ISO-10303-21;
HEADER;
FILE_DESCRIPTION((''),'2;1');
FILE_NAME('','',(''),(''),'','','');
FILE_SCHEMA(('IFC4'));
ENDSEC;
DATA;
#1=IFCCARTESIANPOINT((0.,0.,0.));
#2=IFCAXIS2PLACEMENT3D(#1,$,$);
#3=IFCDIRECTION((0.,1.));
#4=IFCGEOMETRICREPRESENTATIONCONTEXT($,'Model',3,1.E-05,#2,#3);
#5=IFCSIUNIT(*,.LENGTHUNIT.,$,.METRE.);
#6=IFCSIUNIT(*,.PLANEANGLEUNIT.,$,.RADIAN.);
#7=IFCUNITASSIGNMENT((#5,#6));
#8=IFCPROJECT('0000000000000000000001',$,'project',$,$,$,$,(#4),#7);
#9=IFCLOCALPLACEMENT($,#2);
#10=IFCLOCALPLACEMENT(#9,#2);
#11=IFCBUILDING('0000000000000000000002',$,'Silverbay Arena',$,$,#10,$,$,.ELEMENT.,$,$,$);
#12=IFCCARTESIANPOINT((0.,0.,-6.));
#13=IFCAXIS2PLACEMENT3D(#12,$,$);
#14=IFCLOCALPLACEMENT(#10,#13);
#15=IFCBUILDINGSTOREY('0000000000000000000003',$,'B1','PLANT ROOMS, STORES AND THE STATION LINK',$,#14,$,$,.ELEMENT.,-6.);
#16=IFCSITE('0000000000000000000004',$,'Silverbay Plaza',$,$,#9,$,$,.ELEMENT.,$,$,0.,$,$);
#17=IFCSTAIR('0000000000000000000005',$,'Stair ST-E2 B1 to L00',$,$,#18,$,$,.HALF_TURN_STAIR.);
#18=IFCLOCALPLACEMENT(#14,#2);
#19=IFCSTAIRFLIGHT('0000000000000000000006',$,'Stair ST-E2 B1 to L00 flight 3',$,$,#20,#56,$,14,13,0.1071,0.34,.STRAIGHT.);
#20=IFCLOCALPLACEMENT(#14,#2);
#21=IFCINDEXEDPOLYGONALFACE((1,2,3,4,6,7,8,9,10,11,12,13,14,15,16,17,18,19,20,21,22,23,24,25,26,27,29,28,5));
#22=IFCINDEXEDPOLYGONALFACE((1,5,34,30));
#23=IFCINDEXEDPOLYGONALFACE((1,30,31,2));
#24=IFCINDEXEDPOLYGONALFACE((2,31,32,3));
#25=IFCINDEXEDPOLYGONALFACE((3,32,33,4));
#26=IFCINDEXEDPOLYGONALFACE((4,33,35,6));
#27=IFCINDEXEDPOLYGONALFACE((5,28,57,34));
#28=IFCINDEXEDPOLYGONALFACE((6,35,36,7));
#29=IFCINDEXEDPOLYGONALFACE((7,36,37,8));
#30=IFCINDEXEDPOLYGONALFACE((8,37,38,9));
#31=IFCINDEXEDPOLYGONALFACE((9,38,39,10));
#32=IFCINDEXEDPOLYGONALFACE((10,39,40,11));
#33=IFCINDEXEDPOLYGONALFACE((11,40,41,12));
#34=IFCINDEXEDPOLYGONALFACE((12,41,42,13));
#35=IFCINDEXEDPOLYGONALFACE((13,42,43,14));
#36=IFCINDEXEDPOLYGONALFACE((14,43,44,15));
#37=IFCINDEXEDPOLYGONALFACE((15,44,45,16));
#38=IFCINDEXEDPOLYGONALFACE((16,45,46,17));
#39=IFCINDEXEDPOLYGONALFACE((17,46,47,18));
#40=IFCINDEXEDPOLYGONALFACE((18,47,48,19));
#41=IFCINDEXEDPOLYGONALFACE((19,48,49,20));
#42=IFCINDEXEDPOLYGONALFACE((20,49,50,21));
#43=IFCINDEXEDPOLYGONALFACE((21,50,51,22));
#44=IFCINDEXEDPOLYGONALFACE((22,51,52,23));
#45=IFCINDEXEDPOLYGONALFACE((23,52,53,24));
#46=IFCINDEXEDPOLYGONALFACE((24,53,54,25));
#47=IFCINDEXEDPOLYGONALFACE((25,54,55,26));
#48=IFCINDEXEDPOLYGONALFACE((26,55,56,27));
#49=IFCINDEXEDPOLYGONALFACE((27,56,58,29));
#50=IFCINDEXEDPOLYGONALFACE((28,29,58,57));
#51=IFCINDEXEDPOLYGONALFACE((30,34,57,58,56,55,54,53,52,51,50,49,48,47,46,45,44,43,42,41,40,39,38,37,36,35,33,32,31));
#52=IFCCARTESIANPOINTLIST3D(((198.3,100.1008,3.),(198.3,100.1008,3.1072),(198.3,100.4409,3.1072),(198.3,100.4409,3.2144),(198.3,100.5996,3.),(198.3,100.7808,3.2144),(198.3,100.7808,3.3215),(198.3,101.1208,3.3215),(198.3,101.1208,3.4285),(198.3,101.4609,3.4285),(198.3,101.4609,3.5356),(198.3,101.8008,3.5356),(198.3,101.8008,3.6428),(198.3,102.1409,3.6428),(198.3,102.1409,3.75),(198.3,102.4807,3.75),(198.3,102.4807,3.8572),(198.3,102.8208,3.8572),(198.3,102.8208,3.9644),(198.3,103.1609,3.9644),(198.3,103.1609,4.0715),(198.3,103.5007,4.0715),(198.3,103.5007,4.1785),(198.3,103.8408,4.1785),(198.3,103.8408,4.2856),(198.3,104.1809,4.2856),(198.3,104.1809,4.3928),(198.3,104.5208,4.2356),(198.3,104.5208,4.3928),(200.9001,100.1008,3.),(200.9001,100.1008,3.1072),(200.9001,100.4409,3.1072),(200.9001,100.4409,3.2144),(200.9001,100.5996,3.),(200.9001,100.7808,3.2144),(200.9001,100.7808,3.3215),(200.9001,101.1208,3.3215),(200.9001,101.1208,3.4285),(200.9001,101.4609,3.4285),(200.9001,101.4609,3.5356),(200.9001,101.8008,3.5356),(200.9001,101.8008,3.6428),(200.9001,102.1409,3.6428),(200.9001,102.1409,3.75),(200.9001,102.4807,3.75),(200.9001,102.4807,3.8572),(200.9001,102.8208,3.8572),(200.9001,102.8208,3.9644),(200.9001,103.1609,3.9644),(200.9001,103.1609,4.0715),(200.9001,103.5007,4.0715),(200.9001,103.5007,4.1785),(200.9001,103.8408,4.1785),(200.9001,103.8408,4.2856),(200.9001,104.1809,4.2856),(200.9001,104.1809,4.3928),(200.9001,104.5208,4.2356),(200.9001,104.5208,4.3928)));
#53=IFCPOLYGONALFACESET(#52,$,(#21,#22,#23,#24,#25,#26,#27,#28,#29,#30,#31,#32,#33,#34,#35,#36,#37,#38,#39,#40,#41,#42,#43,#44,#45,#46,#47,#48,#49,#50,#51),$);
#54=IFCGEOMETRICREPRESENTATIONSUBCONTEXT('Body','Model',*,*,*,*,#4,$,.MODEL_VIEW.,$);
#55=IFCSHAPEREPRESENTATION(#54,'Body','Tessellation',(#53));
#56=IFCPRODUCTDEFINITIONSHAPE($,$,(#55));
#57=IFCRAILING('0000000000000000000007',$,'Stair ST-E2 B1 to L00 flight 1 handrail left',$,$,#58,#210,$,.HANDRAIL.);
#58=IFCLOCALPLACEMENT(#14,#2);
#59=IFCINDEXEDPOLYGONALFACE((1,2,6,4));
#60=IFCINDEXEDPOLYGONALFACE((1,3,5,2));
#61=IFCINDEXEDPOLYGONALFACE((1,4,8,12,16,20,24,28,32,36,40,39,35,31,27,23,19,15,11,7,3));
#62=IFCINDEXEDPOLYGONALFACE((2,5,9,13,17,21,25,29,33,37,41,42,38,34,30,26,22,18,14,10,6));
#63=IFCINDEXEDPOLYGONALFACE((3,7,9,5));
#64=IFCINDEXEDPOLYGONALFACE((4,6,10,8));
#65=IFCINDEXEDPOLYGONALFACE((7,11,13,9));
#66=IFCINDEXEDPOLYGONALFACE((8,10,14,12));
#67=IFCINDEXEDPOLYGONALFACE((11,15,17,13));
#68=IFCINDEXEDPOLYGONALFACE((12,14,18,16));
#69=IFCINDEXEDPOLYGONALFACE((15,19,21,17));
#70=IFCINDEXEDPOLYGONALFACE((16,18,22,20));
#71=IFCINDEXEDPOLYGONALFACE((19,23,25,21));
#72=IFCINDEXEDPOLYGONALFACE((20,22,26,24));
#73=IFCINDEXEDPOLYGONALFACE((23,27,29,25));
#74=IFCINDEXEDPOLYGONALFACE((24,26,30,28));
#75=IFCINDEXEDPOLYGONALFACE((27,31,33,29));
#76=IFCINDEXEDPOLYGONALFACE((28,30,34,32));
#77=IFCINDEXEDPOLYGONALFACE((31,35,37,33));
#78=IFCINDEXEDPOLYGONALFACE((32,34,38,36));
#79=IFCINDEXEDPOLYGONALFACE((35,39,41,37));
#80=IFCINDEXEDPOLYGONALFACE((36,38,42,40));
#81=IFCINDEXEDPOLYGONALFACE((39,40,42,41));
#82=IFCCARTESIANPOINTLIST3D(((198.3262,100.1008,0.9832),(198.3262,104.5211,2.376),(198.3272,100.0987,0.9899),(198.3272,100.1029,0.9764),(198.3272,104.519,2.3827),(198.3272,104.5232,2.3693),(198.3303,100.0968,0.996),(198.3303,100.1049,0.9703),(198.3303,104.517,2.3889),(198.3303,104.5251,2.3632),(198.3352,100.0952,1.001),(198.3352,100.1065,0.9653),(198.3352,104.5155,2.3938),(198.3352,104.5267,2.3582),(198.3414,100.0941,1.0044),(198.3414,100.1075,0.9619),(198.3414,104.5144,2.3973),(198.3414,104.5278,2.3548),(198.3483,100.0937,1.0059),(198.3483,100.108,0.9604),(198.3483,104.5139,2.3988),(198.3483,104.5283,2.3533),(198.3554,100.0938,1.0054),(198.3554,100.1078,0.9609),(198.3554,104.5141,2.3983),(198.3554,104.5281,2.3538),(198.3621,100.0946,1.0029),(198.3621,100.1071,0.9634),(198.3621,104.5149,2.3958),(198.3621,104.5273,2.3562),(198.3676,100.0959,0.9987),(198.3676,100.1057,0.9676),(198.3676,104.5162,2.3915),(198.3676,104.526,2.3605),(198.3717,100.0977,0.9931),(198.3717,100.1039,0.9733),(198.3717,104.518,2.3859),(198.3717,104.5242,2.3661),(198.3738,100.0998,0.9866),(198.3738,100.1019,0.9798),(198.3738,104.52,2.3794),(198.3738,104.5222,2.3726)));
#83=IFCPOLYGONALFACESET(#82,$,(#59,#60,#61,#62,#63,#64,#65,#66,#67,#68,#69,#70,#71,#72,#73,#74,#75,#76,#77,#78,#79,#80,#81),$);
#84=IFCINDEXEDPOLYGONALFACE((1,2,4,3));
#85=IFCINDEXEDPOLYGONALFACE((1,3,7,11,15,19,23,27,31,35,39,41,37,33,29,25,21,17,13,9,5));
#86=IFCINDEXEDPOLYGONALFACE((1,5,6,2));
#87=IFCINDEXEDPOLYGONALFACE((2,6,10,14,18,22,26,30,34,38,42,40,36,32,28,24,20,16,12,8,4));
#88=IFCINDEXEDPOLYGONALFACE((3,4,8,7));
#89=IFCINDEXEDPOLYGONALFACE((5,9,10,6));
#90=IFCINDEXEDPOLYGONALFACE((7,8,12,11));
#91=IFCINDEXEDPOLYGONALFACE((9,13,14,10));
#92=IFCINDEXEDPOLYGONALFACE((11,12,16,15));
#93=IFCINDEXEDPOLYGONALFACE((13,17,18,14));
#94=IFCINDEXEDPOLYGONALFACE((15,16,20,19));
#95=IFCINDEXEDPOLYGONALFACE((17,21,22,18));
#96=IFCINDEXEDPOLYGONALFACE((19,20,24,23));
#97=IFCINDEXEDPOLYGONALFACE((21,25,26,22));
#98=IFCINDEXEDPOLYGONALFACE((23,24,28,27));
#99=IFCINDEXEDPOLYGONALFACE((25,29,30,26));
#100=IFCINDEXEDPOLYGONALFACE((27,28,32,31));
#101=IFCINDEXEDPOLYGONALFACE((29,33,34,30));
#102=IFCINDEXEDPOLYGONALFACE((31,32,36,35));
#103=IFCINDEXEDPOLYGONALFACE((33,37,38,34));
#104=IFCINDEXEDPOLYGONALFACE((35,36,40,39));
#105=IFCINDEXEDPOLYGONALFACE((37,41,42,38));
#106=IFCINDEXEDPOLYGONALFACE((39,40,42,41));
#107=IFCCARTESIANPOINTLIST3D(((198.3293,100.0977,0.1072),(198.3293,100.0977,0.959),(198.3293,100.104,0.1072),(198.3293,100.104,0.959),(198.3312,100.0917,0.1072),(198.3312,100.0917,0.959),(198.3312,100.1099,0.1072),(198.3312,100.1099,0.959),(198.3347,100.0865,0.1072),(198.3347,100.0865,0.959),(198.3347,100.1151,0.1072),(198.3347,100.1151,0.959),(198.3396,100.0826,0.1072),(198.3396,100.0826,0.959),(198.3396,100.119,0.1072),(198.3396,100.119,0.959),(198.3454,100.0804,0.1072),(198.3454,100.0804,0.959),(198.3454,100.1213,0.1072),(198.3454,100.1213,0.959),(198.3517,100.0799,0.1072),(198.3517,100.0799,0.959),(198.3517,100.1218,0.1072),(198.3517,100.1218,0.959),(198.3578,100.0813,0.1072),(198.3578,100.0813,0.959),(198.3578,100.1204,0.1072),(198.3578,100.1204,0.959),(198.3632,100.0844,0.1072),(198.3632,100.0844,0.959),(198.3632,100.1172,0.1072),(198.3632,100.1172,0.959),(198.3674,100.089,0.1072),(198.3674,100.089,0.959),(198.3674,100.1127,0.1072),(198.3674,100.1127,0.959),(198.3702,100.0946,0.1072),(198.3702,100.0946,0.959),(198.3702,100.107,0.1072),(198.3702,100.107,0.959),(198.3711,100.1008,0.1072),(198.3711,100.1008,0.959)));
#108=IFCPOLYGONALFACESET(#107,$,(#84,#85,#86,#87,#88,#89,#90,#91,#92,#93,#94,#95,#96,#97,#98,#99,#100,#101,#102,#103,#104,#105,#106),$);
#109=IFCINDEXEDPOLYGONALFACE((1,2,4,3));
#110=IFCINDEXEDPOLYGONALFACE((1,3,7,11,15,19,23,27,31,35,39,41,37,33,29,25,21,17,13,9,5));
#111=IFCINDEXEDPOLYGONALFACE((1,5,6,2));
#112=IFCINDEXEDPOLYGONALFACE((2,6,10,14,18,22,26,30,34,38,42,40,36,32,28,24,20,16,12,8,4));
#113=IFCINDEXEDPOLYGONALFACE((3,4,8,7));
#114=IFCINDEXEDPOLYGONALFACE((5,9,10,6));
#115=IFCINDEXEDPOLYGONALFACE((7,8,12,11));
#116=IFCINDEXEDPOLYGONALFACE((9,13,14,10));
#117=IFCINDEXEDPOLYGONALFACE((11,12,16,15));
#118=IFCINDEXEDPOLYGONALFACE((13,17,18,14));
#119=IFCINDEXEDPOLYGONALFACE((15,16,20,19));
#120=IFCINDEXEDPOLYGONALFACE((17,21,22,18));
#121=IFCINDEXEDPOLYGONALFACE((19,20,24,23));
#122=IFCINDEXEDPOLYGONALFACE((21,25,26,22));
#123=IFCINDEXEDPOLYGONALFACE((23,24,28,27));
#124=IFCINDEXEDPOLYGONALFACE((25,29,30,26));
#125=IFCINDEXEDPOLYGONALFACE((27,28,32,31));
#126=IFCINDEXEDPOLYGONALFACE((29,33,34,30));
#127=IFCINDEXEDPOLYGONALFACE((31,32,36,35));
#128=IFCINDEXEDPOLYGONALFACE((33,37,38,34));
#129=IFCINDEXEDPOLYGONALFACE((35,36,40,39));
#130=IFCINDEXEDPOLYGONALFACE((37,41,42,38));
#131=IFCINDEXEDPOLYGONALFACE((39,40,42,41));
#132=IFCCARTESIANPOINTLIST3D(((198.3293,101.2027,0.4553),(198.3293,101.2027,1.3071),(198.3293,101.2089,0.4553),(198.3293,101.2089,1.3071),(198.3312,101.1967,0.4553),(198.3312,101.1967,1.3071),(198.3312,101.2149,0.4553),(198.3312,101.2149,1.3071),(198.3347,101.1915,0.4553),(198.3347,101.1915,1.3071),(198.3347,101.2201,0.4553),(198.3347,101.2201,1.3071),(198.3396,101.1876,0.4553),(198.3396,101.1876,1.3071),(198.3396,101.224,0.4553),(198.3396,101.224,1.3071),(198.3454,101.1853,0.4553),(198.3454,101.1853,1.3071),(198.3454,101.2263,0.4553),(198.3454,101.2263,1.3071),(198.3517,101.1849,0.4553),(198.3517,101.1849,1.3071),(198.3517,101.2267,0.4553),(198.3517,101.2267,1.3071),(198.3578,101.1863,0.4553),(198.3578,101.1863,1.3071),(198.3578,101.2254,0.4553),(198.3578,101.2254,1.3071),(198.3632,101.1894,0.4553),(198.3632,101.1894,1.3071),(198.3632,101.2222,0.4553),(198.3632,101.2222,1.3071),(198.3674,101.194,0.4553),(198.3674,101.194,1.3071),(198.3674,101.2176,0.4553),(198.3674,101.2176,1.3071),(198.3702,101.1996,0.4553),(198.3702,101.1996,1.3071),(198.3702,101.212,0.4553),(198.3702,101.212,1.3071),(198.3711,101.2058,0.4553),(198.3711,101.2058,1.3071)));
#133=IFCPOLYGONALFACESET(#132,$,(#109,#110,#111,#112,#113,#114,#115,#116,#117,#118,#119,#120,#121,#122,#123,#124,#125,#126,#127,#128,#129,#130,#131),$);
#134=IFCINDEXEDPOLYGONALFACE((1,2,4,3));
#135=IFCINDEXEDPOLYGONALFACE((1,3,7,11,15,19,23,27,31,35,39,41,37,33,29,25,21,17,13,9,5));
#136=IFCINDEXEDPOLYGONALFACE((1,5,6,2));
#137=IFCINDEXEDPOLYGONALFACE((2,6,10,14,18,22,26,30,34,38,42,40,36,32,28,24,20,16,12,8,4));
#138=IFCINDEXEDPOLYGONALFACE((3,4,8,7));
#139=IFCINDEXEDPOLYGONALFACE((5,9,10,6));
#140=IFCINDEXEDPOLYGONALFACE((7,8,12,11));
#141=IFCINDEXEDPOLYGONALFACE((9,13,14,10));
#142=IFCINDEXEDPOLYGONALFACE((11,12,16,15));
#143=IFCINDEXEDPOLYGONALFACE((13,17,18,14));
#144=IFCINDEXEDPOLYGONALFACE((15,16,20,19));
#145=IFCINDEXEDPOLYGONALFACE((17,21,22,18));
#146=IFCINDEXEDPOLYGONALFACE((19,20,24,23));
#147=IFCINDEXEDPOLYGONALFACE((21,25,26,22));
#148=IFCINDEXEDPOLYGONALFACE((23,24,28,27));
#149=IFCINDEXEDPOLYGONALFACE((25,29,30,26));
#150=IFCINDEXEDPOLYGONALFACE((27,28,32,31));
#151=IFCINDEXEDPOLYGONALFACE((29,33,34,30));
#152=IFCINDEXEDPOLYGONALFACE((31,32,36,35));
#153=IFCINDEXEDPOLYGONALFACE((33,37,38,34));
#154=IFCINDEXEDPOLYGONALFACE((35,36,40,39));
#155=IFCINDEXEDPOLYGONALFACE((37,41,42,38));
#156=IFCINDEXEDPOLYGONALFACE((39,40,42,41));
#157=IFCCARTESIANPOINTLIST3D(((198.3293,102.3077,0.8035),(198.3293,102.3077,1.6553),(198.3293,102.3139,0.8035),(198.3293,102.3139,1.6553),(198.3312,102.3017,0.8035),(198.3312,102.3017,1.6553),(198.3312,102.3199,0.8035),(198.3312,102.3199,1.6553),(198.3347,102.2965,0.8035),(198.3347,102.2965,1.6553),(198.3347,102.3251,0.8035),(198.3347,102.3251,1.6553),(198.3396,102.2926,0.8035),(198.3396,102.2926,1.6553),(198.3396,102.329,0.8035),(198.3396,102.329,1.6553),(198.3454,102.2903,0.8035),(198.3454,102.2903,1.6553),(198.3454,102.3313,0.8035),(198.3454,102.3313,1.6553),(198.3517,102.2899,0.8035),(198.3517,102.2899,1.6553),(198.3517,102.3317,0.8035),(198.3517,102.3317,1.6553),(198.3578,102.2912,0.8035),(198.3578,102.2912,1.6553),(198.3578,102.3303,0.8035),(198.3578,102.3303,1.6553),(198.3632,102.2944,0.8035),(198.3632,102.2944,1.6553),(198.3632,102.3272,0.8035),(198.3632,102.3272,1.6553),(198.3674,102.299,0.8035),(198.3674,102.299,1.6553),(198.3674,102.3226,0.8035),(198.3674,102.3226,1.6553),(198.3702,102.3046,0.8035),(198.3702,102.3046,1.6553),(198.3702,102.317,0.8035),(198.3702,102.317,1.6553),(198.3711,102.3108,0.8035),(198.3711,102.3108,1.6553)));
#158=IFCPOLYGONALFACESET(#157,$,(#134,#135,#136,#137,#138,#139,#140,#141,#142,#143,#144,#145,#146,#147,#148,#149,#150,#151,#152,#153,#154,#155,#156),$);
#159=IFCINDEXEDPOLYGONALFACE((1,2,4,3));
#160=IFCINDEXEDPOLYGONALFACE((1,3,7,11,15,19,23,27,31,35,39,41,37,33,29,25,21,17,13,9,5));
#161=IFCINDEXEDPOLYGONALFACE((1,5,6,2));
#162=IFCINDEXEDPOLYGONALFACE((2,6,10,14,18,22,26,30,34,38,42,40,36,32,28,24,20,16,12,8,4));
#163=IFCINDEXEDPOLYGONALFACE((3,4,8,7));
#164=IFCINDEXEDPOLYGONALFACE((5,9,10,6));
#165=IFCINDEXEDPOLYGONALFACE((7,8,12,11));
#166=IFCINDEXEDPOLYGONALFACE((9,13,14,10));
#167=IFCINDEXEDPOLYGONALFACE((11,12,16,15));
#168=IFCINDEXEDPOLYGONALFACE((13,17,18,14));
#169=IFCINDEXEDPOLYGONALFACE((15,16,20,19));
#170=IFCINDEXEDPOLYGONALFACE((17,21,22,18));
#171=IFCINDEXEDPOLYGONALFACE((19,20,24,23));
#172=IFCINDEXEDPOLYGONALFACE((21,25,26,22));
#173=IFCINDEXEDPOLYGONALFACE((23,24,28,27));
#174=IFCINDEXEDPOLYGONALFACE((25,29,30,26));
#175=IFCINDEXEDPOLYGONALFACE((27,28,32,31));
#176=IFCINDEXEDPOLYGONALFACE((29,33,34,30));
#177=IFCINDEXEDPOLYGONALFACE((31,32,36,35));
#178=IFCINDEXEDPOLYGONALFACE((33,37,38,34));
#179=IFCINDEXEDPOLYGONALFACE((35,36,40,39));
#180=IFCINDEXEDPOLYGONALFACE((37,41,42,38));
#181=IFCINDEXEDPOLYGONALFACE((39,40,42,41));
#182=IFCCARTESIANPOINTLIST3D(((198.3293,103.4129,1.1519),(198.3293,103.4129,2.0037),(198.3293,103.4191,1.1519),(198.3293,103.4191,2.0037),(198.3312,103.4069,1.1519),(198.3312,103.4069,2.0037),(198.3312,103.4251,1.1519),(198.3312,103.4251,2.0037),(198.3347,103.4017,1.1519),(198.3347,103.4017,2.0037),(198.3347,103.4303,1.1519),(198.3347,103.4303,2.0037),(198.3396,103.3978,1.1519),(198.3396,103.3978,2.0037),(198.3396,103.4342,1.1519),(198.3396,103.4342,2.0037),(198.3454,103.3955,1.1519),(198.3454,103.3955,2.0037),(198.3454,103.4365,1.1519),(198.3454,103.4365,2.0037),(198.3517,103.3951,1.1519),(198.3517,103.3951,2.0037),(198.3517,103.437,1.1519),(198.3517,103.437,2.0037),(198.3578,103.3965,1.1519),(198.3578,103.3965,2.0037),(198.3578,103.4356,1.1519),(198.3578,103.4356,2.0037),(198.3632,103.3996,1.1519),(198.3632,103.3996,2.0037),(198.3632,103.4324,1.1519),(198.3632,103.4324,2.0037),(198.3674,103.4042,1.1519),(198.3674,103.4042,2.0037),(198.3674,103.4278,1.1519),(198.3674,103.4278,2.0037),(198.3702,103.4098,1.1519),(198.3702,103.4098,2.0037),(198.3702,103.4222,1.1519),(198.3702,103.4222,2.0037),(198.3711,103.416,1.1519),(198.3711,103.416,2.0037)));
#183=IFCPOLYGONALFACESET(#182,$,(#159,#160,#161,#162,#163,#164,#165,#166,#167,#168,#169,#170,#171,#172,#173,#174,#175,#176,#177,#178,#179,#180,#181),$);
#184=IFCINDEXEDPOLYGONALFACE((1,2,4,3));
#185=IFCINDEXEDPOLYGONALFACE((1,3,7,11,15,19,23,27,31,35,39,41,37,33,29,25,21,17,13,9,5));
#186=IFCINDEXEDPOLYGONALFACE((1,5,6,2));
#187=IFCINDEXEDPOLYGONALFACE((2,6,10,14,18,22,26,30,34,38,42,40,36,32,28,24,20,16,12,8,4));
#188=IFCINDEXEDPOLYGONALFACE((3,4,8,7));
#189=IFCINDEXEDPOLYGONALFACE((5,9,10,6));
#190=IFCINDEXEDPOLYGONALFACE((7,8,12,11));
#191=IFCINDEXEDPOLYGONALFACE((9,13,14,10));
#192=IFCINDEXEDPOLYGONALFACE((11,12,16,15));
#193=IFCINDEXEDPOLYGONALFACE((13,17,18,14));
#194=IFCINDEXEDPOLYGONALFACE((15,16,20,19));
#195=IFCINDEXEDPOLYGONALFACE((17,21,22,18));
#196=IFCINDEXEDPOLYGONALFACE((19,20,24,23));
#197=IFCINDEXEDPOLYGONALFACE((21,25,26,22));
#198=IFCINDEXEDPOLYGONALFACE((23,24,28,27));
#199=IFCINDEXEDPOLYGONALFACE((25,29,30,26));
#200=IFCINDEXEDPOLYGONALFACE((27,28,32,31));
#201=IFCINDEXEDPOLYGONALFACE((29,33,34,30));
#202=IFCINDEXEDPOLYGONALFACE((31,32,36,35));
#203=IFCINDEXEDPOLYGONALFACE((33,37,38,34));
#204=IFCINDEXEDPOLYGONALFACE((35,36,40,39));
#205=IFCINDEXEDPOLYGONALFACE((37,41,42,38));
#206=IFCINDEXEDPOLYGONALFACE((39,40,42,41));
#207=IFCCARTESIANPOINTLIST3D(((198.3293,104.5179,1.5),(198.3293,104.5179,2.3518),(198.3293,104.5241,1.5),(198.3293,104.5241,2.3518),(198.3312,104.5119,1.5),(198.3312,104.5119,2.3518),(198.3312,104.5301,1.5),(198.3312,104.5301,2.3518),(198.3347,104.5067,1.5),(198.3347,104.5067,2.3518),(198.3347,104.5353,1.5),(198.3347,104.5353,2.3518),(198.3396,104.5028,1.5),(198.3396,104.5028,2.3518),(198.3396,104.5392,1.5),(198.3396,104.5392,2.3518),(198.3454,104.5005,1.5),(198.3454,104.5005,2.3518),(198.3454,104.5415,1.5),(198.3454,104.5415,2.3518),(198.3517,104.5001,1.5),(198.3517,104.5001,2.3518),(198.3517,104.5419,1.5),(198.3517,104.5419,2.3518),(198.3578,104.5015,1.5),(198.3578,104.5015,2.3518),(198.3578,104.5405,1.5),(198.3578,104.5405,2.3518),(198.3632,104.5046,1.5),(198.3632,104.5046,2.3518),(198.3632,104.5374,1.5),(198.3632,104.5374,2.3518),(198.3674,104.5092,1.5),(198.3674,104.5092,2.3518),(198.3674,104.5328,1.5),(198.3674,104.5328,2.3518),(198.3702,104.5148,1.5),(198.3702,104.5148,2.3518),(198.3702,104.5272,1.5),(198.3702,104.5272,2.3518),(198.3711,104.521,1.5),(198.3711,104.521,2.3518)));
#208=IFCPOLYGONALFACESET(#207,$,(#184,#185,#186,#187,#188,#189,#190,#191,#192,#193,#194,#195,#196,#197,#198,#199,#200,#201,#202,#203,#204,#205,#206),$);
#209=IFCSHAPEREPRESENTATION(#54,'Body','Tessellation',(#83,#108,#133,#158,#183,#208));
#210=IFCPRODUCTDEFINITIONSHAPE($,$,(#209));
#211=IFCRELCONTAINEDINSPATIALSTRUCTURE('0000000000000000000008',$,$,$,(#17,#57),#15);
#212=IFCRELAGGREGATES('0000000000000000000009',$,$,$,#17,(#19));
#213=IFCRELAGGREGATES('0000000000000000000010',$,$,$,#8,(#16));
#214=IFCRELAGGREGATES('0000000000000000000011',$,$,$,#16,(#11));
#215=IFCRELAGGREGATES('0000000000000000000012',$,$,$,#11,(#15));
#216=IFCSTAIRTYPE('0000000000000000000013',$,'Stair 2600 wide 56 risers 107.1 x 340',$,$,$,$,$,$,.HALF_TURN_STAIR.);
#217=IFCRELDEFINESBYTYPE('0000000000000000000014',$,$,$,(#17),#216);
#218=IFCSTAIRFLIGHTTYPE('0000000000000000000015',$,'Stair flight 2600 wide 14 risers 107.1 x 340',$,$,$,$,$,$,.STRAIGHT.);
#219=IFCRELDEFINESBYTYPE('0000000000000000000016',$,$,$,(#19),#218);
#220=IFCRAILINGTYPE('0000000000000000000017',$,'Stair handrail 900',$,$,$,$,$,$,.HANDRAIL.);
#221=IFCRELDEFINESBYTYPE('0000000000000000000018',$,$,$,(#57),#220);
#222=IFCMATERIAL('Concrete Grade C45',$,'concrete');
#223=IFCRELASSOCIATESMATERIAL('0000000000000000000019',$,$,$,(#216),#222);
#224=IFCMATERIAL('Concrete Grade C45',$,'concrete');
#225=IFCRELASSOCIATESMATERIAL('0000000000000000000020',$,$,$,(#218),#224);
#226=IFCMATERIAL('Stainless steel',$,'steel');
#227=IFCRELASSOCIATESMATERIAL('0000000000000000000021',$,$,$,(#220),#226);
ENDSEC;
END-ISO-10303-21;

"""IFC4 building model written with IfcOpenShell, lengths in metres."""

from ifc_helpers import new_model, si_unit, direction, frame, origin, origin_2d, place, context, subcontext, project, spatial, polyline, circle, outline, extrude, material, type_object, element, aggregate, save


model = new_model("IFC4")

# Units and contexts
model_context = context("Model", 3, precision=1e-05, world=origin(), true_north=direction((0.0, 1.0)))
body_context = subcontext(model_context, "Body", "Model", "MODEL_VIEW")
ifc_project = project(units=[si_unit("LENGTHUNIT", "METRE"), si_unit("PLANEANGLEUNIT", "RADIAN")], contexts=[model_context])

# Site, building, storey
site_placement = place(None, origin())
site = spatial("IfcSite", under=ifc_project, at=site_placement, Name="Silverbay Plaza", CompositionType="ELEMENT", RefElevation=0.0)
building_placement = place(site_placement, origin())
building = spatial("IfcBuilding", under=site, at=building_placement, Name="Silverbay Arena", CompositionType="ELEMENT")
storey_placement = place(building_placement, frame((0.0, 0.0, -6.0)))
storey = spatial("IfcBuildingStorey", under=building, at=storey_placement, Name="B1", Description="PLANT ROOMS, STORES AND THE STATION LINK", CompositionType="ELEMENT", Elevation=-6.0)

# Stair, stair flight
ifc_material_1 = material(Name="Concrete Grade C45", Category="concrete")
stair_type = type_object("IfcStairType", Name="Stair 2600 wide 56 risers 107.1 x 340", PredefinedType="HALF_TURN_STAIR", material=ifc_material_1)
stair_placement = place(storey_placement, origin())
stair = element("IfcStair", 1, at=stair_placement, inside=storey, type_object=stair_type, Name="Stair ST-E2 B1 to L00", PredefinedType="HALF_TURN_STAIR")
ifc_material_2 = material(Name="Concrete Grade C45", Category="concrete")
stair_flight_type = type_object("IfcStairFlightType", Name="Stair flight 2600 wide 14 risers 107.1 x 340", PredefinedType="STRAIGHT", material=ifc_material_2)
stair_flight_1_placement = place(storey_placement, frame((199.6001, 100.1008, 3.0), z_axis=(0.0, 0.0, 1.0), x_axis=(0.0, 1.0, 0.0)))
stair_flight_1 = element("IfcStairFlight", 2, at=stair_flight_1_placement, type_object=stair_flight_type, Name="Stair ST-E2 B1 to L00 flight 3", NumberOfRisers=14, NumberOfTreads=13, PredefinedType="STRAIGHT", RiserHeight=0.1071, TreadLength=0.34, context=body_context, shape_type="SweptSolid", body=[
    extrude(outline(polyline([(0.0, 0.0), (0.0, 0.1072), (0.3401, 0.1072), (0.3401, 0.2144), (0.6799, 0.2144), (0.6799, 0.3215), (1.02, 0.3215), (1.02, 0.4285), (1.3601, 0.4285), (1.3601, 0.5356), (1.7, 0.5356), (1.7, 0.6428), (2.04, 0.6428), (2.04, 0.75), (2.3799, 0.75), (2.3799, 0.8572), (2.72, 0.8572), (2.72, 0.9644), (3.0601, 0.9644), (3.0601, 1.0715), (3.3999, 1.0715), (3.3999, 1.1785), (3.74, 1.1785), (3.74, 1.2856), (4.0801, 1.2856), (4.0801, 1.3928), (4.4199, 1.3928), (4.4199, 1.2356), (0.4988, 0.0), (0.0, 0.0)])), frame((0.0, 1.3, 0.0), z_axis=(0.0, -1.0, 0.0), x_axis=(1.0, 0.0, 0.0)), (0.0, 0.0, 1.0), 2.6001),
])
aggregate(stair, [stair_flight_1])

# Railing
ifc_material_3 = material(Name="Stainless steel", Category="steel")
railing_type_1 = type_object("IfcRailingType", Name="Stair handrail 900", PredefinedType="HANDRAIL", material=ifc_material_3)
for number, where, name in (
    (3, (198.3501, 100.1008, 0.1072), "Stair ST-E2 B1 to L00 flight 1 handrail left"),
):
    element("IfcRailing", number, at=place(storey_placement, frame(where)), inside=storey, type_object=railing_type_1, Name=name, PredefinedType="HANDRAIL", context=body_context, shape_type="SweptSolid", body=[
        extrude(circle(Radius=0.0239, at=origin_2d()), frame((0.0, 0.0, 0.876), z_axis=(0.0, 0.95377, 0.300539), x_axis=(-1.0, 0.0, 0.0)), (0.0, 0.0, 1.0), 4.6345),
        extrude(circle(Radius=0.021, at=origin_2d()), origin(), (0.0, 0.0, 1.0), 0.8518),
        extrude(circle(Radius=0.021, at=origin_2d()), frame((0.0, 1.105, 0.3481)), (0.0, 0.0, 1.0), 0.8518),
        extrude(circle(Radius=0.021, at=origin_2d()), frame((0.0, 2.21, 0.6963)), (0.0, 0.0, 1.0), 0.8518),
        extrude(circle(Radius=0.021, at=origin_2d()), frame((0.0, 3.3152, 1.0447)), (0.0, 0.0, 1.0), 0.8518),
        extrude(circle(Radius=0.021, at=origin_2d()), frame((0.0, 4.4202, 1.3928)), (0.0, 0.0, 1.0), 0.8518),
    ])

save(model, "model.ifc")
